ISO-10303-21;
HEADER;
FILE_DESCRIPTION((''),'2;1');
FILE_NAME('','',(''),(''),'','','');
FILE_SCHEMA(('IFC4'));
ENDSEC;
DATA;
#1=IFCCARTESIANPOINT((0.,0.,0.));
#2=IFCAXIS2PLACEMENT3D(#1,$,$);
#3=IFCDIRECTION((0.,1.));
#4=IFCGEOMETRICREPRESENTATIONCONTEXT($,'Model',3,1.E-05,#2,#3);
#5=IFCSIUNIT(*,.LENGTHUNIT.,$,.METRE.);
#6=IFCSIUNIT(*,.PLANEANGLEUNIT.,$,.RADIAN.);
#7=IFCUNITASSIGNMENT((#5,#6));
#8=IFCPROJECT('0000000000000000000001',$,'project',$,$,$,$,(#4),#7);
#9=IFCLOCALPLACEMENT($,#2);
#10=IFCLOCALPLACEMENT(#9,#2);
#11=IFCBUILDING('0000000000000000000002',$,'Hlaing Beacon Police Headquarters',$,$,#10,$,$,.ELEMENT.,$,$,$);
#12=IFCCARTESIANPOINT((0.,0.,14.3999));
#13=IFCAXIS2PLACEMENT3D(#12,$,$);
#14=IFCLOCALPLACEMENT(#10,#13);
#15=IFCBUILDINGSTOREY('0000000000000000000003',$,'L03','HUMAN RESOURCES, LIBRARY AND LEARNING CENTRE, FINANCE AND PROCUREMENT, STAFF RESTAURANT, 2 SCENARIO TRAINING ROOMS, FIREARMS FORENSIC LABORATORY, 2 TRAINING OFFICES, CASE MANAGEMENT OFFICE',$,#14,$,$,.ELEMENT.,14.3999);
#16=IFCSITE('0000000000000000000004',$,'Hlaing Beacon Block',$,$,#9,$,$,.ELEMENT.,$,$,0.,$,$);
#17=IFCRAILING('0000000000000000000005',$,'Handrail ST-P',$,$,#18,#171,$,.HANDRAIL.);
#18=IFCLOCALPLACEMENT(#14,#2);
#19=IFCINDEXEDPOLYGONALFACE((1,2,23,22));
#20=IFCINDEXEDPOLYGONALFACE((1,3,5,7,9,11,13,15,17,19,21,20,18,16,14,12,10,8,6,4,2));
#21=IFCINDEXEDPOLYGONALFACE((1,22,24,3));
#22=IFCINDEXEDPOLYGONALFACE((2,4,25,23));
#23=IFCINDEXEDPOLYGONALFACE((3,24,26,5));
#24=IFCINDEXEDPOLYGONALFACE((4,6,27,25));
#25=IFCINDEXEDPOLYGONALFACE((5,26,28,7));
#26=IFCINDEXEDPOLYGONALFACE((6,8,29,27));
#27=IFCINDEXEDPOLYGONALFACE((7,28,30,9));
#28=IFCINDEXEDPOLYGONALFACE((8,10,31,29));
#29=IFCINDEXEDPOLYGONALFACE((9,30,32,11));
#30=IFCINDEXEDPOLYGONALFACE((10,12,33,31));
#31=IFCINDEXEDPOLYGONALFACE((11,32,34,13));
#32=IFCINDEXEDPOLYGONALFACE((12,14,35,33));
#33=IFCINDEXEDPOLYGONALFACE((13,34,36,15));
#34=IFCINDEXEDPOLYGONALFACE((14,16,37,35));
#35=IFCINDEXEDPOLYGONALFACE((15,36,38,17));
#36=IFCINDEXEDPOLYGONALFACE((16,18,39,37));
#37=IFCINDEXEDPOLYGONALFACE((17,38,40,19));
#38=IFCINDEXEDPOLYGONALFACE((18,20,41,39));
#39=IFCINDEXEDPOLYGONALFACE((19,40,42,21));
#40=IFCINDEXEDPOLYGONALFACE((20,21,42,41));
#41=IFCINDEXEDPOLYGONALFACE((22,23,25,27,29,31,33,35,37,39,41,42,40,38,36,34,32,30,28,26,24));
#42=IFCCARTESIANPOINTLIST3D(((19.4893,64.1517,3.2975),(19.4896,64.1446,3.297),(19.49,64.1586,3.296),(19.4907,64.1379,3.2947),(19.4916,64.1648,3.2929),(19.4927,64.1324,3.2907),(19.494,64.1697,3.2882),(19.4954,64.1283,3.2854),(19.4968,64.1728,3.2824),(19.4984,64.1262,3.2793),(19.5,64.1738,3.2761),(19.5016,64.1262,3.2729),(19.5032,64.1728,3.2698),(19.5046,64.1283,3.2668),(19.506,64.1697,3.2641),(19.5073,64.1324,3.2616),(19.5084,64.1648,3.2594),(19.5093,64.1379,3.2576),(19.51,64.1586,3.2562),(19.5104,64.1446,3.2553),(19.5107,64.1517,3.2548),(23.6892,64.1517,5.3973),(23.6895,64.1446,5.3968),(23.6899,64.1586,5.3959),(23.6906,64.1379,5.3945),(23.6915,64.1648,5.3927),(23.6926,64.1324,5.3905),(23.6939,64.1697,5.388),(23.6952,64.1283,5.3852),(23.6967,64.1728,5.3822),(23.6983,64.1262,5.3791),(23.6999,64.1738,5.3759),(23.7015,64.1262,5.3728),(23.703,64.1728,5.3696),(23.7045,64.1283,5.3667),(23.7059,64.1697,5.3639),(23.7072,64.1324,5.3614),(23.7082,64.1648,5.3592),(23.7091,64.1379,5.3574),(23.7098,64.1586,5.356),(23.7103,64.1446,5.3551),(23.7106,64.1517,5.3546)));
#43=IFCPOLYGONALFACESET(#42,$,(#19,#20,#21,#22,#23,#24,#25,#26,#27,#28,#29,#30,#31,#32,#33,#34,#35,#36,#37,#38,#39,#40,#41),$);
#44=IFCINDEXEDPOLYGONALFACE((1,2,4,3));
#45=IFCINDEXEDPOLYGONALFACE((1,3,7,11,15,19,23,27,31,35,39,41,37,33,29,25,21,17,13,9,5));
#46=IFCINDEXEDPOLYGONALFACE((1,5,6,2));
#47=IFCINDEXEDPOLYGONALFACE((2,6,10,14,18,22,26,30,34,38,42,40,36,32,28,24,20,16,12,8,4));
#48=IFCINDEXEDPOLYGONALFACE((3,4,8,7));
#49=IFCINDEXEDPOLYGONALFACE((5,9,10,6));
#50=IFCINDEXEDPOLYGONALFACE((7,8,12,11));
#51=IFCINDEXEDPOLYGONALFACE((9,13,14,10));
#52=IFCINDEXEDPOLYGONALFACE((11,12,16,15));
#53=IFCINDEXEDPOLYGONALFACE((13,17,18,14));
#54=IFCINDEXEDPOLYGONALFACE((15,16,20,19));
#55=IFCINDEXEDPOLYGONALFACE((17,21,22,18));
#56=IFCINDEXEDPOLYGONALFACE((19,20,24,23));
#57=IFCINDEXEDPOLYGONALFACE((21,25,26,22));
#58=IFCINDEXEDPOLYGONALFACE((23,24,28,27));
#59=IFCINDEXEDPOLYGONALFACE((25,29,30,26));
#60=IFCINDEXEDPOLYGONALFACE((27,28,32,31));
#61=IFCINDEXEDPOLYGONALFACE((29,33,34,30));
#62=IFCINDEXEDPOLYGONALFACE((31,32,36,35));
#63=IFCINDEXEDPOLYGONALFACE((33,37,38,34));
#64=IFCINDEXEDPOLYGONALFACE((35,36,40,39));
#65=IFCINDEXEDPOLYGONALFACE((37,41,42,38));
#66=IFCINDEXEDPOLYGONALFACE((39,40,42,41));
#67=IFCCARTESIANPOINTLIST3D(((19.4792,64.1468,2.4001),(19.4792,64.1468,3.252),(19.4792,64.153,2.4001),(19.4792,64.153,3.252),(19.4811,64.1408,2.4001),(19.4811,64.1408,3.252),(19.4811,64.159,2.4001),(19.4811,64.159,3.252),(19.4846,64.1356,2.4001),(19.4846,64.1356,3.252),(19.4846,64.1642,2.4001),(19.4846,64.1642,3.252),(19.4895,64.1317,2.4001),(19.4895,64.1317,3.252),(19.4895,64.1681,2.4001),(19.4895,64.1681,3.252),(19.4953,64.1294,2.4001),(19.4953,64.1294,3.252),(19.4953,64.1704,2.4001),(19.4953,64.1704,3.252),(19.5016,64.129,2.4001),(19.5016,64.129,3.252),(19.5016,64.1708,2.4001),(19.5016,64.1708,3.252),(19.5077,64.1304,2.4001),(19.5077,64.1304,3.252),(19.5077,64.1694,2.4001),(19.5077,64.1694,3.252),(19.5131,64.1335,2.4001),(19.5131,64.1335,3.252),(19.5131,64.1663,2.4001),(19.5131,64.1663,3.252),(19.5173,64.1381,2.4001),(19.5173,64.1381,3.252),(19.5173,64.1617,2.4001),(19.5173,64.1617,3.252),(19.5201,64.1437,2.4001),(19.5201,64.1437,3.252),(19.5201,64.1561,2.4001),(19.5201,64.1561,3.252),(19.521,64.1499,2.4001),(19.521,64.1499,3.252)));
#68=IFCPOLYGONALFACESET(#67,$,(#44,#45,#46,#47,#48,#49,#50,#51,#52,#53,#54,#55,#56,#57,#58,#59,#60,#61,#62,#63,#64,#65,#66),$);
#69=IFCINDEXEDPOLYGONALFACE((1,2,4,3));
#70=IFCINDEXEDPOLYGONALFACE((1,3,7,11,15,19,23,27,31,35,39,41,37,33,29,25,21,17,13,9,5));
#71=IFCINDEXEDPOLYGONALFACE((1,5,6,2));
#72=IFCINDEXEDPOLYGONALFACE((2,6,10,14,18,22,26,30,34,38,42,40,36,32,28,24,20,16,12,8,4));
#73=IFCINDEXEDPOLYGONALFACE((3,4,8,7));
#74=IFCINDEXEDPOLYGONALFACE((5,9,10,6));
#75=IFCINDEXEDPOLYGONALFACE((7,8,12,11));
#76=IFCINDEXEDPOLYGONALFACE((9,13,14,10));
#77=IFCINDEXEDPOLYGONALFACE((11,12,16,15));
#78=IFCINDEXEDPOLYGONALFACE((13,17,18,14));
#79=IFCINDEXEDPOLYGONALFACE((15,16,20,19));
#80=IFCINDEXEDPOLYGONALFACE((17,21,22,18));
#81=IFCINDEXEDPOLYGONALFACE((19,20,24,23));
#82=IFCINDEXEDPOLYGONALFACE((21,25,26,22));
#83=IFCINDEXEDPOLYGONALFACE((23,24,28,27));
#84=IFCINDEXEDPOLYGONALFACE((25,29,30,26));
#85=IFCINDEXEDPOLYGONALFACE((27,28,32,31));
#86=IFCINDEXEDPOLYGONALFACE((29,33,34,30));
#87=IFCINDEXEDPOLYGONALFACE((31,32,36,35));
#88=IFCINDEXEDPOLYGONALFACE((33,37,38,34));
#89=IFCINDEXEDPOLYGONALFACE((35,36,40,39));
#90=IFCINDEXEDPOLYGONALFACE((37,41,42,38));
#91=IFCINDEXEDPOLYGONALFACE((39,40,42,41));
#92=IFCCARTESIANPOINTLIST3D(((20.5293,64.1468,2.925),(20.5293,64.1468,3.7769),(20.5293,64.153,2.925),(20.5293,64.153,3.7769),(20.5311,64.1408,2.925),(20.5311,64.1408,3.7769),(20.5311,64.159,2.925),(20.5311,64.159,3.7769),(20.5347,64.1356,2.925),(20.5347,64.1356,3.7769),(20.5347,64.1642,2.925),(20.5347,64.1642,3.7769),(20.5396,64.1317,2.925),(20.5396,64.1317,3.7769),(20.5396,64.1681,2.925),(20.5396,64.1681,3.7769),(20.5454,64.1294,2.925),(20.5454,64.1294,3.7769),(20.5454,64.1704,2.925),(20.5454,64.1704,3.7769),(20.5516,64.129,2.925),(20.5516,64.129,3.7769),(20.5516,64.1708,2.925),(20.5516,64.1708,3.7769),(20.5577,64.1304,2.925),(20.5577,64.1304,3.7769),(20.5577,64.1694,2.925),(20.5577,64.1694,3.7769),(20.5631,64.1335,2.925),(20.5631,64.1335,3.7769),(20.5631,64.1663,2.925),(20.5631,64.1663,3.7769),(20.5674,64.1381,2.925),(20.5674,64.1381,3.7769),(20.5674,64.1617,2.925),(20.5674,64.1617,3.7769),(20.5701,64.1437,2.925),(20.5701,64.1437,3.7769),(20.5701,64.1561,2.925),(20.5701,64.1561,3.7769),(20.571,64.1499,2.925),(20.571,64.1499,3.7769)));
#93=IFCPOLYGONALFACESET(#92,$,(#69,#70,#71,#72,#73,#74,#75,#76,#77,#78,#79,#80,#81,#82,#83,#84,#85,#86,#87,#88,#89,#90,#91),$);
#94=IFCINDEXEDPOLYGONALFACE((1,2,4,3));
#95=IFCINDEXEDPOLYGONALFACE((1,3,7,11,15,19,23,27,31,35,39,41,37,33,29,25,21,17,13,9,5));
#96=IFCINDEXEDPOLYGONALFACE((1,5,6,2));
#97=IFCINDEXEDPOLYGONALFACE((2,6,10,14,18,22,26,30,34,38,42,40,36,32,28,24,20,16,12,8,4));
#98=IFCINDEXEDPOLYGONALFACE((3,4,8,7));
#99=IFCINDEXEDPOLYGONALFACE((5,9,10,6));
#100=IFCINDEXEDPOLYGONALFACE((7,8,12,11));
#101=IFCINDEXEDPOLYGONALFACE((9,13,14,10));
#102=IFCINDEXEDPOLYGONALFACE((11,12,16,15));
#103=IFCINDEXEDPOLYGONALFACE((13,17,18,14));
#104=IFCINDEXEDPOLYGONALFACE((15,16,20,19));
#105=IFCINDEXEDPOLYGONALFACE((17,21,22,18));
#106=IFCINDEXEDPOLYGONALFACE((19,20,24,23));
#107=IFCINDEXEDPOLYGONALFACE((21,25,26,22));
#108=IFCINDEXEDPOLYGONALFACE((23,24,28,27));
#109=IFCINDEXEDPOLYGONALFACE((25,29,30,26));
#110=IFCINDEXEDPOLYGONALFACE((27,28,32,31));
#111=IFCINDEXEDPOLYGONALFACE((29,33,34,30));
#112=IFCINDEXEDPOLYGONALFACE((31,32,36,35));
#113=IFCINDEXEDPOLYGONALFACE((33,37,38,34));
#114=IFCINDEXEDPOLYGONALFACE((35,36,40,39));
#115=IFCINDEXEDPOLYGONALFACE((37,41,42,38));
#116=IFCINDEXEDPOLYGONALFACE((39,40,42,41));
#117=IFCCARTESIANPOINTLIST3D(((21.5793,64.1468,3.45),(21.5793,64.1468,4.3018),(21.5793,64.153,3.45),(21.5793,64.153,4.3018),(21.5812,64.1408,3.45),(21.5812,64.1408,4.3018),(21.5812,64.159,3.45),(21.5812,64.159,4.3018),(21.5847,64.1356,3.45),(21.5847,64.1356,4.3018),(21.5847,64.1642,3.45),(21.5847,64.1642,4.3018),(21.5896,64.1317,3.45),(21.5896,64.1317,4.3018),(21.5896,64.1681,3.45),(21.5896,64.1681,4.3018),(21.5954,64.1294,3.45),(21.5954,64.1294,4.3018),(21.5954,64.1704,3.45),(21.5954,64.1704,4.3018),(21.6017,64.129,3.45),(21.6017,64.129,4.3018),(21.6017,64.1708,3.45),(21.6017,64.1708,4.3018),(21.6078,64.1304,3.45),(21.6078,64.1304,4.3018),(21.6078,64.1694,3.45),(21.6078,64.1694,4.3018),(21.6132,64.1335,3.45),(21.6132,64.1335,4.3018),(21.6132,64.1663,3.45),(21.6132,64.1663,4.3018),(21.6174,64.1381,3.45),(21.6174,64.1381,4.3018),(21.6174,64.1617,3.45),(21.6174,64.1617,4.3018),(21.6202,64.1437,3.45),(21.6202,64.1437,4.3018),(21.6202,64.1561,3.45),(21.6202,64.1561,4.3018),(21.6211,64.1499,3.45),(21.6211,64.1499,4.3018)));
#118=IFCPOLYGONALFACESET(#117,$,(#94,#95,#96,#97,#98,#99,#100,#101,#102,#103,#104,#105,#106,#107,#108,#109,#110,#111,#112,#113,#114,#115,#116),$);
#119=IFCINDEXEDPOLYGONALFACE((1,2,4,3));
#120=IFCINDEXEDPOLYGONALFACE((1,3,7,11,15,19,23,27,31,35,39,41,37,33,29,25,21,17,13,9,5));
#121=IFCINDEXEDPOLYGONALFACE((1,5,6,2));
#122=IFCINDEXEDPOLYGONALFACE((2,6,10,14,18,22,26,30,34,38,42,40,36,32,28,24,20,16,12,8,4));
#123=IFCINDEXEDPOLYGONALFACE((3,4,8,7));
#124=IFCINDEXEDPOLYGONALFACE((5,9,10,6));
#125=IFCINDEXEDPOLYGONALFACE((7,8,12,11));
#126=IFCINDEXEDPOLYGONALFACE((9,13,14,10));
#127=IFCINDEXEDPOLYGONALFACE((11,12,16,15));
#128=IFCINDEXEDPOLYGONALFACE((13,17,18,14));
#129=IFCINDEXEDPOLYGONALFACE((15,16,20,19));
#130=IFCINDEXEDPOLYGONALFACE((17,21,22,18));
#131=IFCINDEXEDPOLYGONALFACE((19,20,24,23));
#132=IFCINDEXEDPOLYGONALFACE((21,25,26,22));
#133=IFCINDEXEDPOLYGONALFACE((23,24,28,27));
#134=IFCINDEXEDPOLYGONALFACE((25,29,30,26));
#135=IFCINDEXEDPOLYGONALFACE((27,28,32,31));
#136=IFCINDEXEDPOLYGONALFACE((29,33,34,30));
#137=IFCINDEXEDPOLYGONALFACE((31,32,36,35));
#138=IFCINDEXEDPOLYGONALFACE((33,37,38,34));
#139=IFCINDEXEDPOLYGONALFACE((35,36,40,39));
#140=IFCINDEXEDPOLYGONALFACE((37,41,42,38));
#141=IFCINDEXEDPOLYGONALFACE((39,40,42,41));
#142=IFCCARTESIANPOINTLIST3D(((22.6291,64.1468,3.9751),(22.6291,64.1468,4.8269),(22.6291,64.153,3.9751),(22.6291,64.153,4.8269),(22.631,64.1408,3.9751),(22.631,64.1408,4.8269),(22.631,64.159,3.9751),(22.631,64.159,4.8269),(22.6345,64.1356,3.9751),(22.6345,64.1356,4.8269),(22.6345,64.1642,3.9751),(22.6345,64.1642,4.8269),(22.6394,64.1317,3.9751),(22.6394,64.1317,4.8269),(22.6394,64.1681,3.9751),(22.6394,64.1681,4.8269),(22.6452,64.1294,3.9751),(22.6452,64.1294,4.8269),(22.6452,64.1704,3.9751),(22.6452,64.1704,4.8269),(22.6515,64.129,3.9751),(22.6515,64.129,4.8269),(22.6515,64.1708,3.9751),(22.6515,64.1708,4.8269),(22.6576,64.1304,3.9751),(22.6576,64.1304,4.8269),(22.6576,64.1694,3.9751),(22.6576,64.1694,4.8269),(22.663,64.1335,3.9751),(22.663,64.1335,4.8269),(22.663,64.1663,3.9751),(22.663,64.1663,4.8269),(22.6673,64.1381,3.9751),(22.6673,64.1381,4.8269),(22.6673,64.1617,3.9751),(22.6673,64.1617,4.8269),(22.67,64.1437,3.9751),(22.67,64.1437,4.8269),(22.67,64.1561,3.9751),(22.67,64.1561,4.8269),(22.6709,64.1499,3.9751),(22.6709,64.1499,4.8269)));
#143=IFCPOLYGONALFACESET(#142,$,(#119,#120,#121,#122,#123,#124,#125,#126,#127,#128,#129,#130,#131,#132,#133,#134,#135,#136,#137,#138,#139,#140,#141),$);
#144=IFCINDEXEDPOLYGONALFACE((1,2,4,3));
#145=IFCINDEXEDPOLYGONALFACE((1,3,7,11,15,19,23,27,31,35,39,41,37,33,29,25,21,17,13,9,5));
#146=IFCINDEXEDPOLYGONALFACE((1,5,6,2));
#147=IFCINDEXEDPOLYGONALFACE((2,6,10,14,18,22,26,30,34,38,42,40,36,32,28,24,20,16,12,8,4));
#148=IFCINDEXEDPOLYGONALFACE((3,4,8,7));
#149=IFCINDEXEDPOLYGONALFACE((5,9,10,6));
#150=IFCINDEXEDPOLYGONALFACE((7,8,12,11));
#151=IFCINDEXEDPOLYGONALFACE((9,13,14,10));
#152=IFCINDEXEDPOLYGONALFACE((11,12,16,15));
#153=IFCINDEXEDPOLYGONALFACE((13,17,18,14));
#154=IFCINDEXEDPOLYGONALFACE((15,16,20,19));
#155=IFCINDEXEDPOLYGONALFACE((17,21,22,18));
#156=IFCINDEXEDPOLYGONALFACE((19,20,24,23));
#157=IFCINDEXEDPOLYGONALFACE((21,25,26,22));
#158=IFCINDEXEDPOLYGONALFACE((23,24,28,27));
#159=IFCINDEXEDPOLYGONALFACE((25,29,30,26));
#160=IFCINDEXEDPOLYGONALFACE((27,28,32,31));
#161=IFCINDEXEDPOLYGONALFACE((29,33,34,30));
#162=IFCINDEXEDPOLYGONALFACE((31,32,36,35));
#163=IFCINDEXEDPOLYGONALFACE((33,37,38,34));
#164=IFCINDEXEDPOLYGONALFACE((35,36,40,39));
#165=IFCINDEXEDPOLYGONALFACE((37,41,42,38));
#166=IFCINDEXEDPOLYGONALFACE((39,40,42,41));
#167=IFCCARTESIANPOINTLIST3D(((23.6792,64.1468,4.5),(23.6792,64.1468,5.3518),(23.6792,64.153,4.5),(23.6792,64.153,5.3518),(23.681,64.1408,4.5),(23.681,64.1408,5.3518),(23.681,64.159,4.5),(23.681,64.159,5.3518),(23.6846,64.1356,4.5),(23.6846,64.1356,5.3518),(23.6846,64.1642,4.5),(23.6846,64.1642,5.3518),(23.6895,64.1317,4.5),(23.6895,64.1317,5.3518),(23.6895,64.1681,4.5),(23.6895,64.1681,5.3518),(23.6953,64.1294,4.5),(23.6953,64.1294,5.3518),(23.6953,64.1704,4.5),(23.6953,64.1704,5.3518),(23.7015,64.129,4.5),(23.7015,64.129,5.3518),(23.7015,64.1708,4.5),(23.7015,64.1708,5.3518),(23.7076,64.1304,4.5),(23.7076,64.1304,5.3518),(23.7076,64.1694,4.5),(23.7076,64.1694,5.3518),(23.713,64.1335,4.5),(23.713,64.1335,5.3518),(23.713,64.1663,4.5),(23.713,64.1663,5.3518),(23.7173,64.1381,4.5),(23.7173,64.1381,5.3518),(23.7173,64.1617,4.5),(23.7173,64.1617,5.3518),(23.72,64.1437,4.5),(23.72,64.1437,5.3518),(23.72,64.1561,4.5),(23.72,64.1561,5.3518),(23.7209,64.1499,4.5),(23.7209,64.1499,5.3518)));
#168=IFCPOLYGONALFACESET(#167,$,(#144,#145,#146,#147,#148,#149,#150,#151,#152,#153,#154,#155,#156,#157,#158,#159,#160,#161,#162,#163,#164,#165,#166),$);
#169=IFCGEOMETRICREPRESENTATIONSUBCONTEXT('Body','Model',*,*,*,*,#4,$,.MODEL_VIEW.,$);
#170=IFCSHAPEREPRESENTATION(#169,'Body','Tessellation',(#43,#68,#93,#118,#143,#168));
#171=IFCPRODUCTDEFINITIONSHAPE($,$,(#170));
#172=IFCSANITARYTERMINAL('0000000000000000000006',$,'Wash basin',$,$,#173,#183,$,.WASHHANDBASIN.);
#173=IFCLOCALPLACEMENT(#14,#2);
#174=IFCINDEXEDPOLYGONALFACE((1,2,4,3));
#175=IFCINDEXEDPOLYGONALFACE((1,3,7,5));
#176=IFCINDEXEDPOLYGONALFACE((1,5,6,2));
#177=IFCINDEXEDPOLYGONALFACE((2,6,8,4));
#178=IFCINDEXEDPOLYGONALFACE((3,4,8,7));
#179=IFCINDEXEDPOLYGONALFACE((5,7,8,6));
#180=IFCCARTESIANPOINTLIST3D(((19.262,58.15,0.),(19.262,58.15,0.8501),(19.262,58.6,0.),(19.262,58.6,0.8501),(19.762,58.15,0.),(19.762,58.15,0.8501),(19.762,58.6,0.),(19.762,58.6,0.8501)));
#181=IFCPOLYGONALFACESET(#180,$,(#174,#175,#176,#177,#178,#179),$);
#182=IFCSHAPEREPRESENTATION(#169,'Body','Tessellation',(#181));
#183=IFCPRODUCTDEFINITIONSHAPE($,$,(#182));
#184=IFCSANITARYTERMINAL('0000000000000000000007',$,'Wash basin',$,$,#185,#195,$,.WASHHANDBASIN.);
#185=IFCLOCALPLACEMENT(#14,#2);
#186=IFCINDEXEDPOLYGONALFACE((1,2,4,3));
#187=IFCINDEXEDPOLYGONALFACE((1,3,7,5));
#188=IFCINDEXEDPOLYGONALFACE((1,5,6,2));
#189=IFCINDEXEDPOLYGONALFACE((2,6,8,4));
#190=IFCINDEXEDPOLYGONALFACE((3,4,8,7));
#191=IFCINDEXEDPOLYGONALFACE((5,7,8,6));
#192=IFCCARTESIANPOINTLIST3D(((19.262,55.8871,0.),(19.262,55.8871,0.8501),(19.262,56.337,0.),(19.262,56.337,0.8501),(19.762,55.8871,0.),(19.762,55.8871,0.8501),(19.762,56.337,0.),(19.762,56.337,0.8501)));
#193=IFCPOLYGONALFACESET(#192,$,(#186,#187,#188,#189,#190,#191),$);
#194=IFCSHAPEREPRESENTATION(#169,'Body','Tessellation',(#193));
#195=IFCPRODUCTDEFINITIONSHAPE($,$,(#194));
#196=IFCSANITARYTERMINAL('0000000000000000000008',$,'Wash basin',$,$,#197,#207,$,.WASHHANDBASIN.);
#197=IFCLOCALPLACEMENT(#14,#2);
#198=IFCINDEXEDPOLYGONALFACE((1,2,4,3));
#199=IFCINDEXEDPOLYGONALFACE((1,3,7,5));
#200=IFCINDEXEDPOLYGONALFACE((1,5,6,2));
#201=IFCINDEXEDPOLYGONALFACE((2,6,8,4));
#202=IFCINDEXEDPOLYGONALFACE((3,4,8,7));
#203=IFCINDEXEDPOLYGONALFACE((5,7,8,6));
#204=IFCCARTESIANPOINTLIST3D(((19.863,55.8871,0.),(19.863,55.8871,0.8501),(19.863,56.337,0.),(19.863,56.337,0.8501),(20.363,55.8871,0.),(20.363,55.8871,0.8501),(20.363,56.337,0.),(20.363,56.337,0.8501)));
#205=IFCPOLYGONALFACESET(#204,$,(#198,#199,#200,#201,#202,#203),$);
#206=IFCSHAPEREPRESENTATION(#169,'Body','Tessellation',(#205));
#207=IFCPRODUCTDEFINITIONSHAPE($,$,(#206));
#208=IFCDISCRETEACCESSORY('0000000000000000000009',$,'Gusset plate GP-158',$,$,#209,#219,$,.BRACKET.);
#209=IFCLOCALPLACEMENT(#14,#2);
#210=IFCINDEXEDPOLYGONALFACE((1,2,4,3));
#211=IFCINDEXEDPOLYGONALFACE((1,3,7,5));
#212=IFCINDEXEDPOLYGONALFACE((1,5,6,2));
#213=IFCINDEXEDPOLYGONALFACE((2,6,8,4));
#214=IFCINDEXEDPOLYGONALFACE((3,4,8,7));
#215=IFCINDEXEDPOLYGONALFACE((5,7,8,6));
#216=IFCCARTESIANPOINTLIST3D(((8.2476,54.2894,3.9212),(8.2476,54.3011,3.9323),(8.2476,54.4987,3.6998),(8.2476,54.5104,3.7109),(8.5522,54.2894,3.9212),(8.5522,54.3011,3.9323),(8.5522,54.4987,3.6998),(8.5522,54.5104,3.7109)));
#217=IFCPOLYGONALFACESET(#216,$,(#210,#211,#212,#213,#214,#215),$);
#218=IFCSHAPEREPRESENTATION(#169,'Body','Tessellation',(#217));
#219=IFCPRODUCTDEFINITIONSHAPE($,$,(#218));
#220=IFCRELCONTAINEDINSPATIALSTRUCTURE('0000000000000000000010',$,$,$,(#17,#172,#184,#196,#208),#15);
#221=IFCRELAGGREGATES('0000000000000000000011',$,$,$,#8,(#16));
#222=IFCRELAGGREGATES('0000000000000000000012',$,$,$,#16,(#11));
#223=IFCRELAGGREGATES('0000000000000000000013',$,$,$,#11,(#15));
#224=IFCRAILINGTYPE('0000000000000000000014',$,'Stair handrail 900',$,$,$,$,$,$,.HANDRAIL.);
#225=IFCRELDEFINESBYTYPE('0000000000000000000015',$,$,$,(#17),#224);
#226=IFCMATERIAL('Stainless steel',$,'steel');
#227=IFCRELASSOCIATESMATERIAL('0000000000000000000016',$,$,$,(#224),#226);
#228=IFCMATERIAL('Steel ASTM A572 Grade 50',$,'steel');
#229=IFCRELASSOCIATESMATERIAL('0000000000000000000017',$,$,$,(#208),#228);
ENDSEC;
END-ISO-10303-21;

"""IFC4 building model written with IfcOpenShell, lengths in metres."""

from ifc_helpers import new_model, si_unit, direction, frame, origin, origin_2d, place, context, subcontext, project, spatial, rectangle, circle, extrude, material, type_object, element, save


model = new_model("IFC4")

# Units and contexts
model_context = context("Model", 3, precision=1e-05, world=origin(), true_north=direction((0.0, 1.0)))
body_context = subcontext(model_context, "Body", "Model", "MODEL_VIEW")
ifc_project = project(units=[si_unit("LENGTHUNIT", "METRE"), si_unit("PLANEANGLEUNIT", "RADIAN")], contexts=[model_context])

# Site, building, storey
site_placement = place(None, origin())
site = spatial("IfcSite", under=ifc_project, at=site_placement, Name="Hlaing Beacon Block", CompositionType="ELEMENT", RefElevation=0.0)
building_placement = place(site_placement, origin())
building = spatial("IfcBuilding", under=site, at=building_placement, Name="Hlaing Beacon Police Headquarters", CompositionType="ELEMENT")
storey_placement = place(building_placement, frame((0.0, 0.0, 14.3999)))
storey = spatial("IfcBuildingStorey", under=building, at=storey_placement, Name="L03", Description="HUMAN RESOURCES, LIBRARY AND LEARNING CENTRE, FINANCE AND PROCUREMENT, STAFF RESTAURANT, 2 SCENARIO TRAINING ROOMS, FIREARMS FORENSIC LABORATORY, 2 TRAINING OFFICES, CASE MANAGEMENT OFFICE", CompositionType="ELEMENT", Elevation=14.3999)

# Railing
ifc_material_1 = material(Name="Stainless steel", Category="steel")
railing_type = type_object("IfcRailingType", Name="Stair handrail 900", PredefinedType="HANDRAIL", material=ifc_material_1)
for number, where, name in (
    (1, (19.5, 64.1499, 2.4001), "Handrail ST-P"),
):
    element("IfcRailing", number, at=place(storey_placement, frame(where)), inside=storey, type_object=railing_type, Name=name, PredefinedType="HANDRAIL", context=body_context, shape_type="SweptSolid", body=[
        extrude(circle(Radius=0.0239, at=origin_2d()), frame((0.0, 0.0, 0.876), z_axis=(0.894438, 0.0, 0.447193), x_axis=(0.0, 1.0, 0.0)), (0.0, 0.0, 1.0), 4.6956),
        extrude(circle(Radius=0.021, at=origin_2d()), origin(), (0.0, 0.0, 1.0), 0.8518),
        extrude(circle(Radius=0.021, at=origin_2d()), frame((1.05, 0.0, 0.5249)), (0.0, 0.0, 1.0), 0.8518),
        extrude(circle(Radius=0.021, at=origin_2d()), frame((2.1001, 0.0, 1.0498)), (0.0, 0.0, 1.0), 0.8518),
        extrude(circle(Radius=0.021, at=origin_2d()), frame((3.1499, 0.0, 1.575)), (0.0, 0.0, 1.0), 0.8518),
        extrude(circle(Radius=0.021, at=origin_2d()), frame((4.2, 0.0, 2.0999)), (0.0, 0.0, 1.0), 0.8518),
    ])

# Sanitary terminals
for number, where, z_axis, x_axis, name in (
    (2, (19.512, 58.375, 0.0), (0.0, 0.0, 1.0), (1.0, 0.0, 0.0), "Wash basin"),
    (3, (19.512, 56.1121, 0.0), (0.0, 0.0, 1.0), (1.0, 0.0, 0.0), "Wash basin"),
    (4, (20.113, 56.1121, 0.0), (0.0, 0.0, 1.0), (1.0, 0.0, 0.0), "Wash basin"),
):
    element("IfcSanitaryTerminal", number, at=place(storey_placement, frame(where, z_axis=z_axis, x_axis=x_axis)), inside=storey, Name=name, PredefinedType="WASHHANDBASIN", context=body_context, shape_type="SweptSolid", body=[
        extrude(rectangle(XDim=0.5, YDim=0.45, at=origin_2d()), origin(), (0.0, 0.0, 1.0), 0.8501),
    ])

# Discrete accessory
ifc_material_2 = material(Name="Steel ASTM A572 Grade 50", Category="steel")
for number, where, z_axis, x_axis, name in (
    (5, (8.3999, 54.394, 3.8105), (0.0, 0.726657, 0.687001), (-1.0, 0.0, 0.0), "Gusset plate GP-158"),
):
    element("IfcDiscreteAccessory", number, at=place(storey_placement, frame(where, z_axis=z_axis, x_axis=x_axis)), inside=storey, material=ifc_material_2, Name=name, PredefinedType="BRACKET", context=body_context, shape_type="SweptSolid", body=[
        extrude(rectangle(XDim=0.3047, YDim=0.3047, at=origin_2d()), origin(), (0.0, 0.0, 1.0), 0.0161),
    ])

save(model, "model.ifc")
